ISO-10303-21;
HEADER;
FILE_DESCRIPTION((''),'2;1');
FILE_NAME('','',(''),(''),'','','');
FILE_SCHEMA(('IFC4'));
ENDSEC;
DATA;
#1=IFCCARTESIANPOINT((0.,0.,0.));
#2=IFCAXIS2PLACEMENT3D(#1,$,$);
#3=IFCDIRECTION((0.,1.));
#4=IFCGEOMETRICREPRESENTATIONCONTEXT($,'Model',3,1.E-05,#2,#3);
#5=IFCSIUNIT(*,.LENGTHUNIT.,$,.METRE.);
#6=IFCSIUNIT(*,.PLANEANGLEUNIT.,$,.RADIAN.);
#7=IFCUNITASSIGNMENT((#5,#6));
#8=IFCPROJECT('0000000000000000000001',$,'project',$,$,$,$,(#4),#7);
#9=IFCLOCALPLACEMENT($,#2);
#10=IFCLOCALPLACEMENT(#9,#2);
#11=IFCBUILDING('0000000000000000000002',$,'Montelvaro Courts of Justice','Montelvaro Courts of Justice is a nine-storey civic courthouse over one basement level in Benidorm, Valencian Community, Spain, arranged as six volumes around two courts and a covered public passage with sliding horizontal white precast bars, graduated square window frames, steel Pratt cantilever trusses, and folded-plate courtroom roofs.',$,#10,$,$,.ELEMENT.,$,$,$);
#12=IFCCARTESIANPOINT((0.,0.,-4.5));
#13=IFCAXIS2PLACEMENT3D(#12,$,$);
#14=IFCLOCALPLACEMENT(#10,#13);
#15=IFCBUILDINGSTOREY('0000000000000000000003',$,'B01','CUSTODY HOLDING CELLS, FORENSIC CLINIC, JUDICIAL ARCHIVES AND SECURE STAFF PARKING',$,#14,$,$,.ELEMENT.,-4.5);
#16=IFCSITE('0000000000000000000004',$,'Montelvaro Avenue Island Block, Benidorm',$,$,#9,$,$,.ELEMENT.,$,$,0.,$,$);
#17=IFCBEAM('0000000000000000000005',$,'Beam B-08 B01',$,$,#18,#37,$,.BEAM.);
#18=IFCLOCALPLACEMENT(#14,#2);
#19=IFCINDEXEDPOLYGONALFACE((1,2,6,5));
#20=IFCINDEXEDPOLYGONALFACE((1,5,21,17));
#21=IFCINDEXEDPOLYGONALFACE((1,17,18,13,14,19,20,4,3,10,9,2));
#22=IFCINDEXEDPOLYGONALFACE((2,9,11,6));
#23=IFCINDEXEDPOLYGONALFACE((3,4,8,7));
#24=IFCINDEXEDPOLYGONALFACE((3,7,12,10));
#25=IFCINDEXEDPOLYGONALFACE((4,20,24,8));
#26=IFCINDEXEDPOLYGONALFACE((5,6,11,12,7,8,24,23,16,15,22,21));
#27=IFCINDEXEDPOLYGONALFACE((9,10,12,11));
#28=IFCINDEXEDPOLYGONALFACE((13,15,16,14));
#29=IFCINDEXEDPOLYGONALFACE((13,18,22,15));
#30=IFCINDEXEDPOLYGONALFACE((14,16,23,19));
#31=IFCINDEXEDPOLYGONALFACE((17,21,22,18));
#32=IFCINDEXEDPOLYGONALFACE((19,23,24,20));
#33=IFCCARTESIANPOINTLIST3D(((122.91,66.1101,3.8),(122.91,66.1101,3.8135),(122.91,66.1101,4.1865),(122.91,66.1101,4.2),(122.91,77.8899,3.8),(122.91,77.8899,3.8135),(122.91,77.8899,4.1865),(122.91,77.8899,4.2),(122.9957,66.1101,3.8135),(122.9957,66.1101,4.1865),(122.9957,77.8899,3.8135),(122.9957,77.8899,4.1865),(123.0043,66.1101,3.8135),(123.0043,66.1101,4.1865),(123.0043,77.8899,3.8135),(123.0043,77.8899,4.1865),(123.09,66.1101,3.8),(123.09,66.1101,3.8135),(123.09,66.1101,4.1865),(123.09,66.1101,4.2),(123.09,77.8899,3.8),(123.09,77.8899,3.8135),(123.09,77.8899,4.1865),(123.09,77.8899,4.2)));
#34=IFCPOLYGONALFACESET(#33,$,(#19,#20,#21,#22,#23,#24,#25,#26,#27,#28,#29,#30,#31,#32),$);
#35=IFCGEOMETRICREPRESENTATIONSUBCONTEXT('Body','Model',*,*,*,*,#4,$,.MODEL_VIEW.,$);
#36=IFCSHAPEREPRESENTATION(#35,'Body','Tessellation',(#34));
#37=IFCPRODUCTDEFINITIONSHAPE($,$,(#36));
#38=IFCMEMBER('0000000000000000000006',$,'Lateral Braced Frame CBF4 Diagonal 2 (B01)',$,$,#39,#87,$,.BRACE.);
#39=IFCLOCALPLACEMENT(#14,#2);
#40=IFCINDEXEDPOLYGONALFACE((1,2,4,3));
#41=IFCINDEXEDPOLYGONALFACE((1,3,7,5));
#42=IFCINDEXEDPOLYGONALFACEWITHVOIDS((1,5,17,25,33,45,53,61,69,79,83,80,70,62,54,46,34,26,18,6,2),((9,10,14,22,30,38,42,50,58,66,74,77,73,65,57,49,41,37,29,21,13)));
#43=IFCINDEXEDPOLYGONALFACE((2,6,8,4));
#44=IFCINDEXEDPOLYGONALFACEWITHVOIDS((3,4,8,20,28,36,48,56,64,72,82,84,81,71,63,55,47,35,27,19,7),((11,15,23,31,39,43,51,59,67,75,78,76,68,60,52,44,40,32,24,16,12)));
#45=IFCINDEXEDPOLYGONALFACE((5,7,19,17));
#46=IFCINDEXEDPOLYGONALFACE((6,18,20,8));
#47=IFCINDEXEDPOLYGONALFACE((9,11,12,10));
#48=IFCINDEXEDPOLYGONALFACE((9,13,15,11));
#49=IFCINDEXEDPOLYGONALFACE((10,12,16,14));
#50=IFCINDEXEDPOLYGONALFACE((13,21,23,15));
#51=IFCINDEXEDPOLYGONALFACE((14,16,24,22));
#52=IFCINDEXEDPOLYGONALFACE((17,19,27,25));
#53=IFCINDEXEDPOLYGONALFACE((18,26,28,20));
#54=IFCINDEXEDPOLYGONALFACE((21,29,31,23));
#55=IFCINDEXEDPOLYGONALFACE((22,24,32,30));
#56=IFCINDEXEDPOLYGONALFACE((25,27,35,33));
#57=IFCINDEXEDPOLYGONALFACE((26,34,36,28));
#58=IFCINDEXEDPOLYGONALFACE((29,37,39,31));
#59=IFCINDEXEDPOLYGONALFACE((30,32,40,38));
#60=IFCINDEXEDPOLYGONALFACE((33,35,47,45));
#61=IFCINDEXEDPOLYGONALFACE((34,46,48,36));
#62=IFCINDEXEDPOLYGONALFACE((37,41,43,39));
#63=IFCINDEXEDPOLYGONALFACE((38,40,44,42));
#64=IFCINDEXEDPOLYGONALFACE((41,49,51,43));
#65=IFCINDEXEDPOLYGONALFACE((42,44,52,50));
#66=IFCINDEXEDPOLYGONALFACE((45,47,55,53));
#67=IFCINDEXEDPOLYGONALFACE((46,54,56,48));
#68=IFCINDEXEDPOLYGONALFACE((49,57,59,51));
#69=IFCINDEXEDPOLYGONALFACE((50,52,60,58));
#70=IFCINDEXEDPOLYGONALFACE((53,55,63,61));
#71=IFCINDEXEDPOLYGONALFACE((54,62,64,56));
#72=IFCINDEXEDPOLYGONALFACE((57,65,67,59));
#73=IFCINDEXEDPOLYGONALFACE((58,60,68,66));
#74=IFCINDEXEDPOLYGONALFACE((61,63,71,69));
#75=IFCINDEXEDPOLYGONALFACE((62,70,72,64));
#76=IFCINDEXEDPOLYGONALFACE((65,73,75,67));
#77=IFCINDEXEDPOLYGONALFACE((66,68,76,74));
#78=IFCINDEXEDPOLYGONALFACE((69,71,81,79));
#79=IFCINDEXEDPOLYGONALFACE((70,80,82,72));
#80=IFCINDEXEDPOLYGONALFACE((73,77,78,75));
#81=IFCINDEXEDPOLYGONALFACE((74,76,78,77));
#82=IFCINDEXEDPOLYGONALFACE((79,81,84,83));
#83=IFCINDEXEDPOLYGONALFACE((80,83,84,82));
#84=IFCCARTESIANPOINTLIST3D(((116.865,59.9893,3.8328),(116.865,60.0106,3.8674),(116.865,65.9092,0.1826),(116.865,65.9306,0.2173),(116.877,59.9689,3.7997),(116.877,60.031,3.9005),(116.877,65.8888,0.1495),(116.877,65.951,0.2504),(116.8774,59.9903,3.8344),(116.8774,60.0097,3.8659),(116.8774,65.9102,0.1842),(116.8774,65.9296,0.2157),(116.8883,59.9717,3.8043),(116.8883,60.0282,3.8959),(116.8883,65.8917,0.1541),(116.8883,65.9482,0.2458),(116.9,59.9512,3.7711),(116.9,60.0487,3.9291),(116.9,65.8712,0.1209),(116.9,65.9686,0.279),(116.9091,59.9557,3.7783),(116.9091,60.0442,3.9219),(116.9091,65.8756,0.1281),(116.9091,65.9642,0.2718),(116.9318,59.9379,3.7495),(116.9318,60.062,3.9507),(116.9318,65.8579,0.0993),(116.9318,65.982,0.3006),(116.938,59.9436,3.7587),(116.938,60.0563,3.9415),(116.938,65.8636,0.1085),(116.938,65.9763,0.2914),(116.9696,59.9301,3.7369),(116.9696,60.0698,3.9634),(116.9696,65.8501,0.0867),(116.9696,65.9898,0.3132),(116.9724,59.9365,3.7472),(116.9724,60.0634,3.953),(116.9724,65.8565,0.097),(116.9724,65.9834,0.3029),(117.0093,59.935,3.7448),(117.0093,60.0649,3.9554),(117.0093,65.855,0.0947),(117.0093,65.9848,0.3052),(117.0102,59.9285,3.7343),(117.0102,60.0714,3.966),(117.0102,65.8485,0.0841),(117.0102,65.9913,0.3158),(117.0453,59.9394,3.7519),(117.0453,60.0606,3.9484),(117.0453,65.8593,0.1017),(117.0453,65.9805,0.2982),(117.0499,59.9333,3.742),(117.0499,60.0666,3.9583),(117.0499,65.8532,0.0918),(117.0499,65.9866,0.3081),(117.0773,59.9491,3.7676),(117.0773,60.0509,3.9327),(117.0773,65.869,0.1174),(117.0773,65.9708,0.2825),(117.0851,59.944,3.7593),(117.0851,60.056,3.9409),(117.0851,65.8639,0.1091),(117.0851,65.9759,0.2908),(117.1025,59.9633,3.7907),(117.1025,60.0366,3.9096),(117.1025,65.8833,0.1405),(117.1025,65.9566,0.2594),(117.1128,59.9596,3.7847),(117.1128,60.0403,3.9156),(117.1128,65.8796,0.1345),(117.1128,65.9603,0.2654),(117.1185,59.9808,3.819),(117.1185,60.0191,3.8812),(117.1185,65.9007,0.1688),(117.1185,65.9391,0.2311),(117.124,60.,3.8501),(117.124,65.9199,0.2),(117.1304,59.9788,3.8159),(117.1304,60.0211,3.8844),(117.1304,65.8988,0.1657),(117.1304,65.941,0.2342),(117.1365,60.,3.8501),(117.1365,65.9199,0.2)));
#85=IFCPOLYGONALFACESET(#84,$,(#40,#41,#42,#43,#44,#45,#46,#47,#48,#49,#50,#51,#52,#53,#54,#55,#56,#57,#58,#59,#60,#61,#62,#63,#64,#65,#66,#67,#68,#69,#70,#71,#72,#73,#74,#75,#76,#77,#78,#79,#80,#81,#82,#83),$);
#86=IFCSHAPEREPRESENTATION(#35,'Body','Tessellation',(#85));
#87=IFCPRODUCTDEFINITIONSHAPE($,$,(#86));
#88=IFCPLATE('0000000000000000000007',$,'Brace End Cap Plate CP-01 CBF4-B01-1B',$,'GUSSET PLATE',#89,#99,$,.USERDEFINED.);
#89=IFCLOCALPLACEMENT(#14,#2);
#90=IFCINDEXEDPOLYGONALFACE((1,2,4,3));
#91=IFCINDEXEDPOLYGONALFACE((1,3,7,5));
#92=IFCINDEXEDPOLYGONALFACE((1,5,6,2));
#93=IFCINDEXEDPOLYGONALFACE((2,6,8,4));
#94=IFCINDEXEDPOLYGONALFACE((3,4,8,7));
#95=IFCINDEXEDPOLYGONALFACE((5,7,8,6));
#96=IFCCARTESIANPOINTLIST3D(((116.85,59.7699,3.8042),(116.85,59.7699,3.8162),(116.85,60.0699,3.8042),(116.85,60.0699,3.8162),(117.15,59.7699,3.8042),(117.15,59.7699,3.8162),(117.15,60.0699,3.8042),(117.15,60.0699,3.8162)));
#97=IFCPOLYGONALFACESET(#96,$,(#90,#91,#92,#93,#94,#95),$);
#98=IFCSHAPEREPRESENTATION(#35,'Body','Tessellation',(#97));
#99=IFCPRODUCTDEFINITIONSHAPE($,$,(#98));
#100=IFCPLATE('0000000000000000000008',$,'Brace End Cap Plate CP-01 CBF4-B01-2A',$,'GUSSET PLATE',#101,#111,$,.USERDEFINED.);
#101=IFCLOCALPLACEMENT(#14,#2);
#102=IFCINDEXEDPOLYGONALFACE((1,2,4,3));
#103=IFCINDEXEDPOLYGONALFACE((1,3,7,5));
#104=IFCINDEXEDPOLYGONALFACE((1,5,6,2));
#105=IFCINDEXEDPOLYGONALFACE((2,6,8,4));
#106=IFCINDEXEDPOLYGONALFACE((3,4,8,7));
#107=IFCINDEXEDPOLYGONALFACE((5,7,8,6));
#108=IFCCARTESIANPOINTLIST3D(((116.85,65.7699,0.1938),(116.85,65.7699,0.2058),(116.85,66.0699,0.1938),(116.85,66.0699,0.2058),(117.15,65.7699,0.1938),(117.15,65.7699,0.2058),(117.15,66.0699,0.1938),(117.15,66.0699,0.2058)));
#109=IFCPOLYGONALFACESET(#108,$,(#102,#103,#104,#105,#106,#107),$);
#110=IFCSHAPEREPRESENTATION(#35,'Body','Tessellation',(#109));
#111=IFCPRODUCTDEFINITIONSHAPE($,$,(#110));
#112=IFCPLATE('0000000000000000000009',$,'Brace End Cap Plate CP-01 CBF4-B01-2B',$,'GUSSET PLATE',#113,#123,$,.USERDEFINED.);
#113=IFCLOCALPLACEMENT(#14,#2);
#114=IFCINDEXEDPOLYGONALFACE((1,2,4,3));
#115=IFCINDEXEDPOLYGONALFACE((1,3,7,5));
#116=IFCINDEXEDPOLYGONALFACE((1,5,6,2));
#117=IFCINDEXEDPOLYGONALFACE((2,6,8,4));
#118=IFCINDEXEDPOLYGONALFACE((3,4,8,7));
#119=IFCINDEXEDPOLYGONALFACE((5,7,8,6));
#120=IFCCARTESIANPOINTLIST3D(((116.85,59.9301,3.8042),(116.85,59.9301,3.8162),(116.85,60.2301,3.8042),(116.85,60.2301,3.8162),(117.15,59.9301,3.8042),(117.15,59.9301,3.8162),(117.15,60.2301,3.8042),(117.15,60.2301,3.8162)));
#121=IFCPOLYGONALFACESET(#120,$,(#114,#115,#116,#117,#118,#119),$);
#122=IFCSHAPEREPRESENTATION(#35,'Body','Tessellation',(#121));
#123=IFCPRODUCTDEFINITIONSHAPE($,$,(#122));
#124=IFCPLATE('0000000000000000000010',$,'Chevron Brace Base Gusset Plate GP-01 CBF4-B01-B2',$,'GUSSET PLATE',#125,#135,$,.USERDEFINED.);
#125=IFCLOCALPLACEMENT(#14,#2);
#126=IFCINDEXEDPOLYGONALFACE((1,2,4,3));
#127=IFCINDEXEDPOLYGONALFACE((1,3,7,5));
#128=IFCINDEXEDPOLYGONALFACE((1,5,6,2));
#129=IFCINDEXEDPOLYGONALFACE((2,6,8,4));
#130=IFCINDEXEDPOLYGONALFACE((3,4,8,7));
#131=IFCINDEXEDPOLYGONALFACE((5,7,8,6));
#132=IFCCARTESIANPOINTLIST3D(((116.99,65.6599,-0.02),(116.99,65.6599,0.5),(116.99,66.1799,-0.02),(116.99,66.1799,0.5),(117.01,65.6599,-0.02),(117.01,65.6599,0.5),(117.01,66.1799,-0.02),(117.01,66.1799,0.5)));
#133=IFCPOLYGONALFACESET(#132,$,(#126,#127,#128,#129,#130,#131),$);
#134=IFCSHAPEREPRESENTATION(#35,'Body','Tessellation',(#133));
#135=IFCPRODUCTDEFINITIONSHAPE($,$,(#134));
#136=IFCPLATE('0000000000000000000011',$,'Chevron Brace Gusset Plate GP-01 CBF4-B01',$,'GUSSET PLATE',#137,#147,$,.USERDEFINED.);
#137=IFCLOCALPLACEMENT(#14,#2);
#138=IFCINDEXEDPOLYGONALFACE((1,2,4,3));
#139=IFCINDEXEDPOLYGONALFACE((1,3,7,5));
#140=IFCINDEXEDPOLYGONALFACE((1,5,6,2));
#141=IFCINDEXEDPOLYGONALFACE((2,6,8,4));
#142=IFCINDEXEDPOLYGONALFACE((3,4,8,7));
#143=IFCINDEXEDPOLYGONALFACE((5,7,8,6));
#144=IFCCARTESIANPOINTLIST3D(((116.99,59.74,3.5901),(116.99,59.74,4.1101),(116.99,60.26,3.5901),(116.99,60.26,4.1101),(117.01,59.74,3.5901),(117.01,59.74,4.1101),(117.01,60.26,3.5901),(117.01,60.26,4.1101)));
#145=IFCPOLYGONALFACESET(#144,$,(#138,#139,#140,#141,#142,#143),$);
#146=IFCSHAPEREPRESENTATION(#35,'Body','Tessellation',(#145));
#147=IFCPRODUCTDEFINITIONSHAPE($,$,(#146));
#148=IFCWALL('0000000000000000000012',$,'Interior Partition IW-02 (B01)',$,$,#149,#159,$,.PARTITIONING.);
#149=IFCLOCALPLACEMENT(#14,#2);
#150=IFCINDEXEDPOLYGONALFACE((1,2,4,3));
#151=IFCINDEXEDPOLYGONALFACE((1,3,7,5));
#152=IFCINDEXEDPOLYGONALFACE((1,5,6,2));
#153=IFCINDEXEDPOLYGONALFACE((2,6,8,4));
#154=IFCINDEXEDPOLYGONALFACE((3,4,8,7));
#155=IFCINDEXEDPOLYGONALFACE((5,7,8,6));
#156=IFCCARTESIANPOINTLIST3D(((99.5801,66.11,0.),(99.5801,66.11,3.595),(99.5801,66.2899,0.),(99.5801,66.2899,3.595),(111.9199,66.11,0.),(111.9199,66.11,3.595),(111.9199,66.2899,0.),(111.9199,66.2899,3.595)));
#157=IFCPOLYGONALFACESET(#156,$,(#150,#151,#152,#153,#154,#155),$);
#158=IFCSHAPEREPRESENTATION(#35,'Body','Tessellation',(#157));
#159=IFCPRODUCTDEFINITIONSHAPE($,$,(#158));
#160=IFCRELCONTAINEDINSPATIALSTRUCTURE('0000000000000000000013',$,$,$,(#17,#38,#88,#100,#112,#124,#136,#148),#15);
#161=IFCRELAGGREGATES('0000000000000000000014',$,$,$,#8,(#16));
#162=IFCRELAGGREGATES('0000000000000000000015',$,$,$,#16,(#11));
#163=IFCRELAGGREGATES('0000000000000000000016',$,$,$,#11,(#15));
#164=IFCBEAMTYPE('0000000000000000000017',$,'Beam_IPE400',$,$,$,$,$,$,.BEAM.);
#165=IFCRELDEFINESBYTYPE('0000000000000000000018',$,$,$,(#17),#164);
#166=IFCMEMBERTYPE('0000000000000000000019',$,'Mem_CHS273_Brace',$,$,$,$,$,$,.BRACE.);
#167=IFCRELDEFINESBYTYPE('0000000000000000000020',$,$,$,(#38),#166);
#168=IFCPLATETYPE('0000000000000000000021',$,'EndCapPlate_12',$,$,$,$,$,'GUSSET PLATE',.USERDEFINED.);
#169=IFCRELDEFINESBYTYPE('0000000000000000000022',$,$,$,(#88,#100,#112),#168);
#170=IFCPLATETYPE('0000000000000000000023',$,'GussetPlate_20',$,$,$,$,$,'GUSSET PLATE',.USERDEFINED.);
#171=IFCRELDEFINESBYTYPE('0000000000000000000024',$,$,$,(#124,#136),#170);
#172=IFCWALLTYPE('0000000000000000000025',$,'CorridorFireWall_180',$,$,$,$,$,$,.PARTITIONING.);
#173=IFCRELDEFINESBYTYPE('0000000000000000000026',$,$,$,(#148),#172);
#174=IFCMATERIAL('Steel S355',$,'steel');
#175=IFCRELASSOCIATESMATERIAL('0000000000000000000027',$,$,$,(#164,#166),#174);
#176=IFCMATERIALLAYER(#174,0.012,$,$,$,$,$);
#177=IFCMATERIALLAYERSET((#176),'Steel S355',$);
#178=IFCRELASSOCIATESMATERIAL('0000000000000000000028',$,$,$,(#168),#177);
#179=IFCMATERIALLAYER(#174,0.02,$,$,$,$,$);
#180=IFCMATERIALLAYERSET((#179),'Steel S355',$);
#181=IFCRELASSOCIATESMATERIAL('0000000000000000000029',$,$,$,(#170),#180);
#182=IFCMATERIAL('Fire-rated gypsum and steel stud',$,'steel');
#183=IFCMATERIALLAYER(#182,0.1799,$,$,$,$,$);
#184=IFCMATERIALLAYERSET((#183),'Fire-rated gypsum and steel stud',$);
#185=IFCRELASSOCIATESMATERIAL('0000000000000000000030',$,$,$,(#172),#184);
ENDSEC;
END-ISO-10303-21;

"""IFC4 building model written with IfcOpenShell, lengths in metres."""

from ifc_helpers import new_model, si_unit, direction, frame, frame_2d, origin, origin_2d, place, context, subcontext, project, spatial, rectangle, hollow_circle, i_section, extrude, material, layer, layer_set, material_profile, profile_set, type_object, element, save


model = new_model("IFC4")

# Units and contexts
model_context = context("Model", 3, precision=1e-05, world=origin(), true_north=direction((0.0, 1.0)))
body_context = subcontext(model_context, "Body", "Model", "MODEL_VIEW")
ifc_project = project(units=[si_unit("LENGTHUNIT", "METRE"), si_unit("PLANEANGLEUNIT", "RADIAN")], contexts=[model_context])

# Site, building, storey
site_placement = place(None, origin())
site = spatial("IfcSite", under=ifc_project, at=site_placement, Name="Montelvaro Avenue Island Block, Benidorm", CompositionType="ELEMENT", RefElevation=0.0)
building_placement = place(site_placement, origin())
building = spatial("IfcBuilding", under=site, at=building_placement, Name="Montelvaro Courts of Justice", Description="Montelvaro Courts of Justice is a nine-storey civic courthouse over one basement level in Benidorm, Valencian Community, Spain, arranged as six volumes around two courts and a covered public passage with sliding horizontal white precast bars, graduated square window frames, steel Pratt cantilever trusses, and folded-plate courtroom roofs.", CompositionType="ELEMENT")
storey_placement = place(building_placement, frame((0.0, 0.0, -4.5)))
storey = spatial("IfcBuildingStorey", under=building, at=storey_placement, Name="B01", Description="CUSTODY HOLDING CELLS, FORENSIC CLINIC, JUDICIAL ARCHIVES AND SECURE STAFF PARKING", CompositionType="ELEMENT", Elevation=-4.5)

# Beam
ifc_material_1 = material(Name="Steel S355", Category="steel")
ifc_material_profile_1 = material_profile(ifc_material_1, i_section(OverallWidth=0.1799, OverallDepth=0.3999, WebThickness=0.0085, FlangeThickness=0.0134, at=origin_2d()), Name="IPE 400")
ifc_profile_set_1 = profile_set([ifc_material_profile_1], Name="Steel S355")
beam_type_1 = type_object("IfcBeamType", Name="Beam_IPE400", PredefinedType="BEAM", material=ifc_profile_set_1)
beam_1_placement = place(storey_placement, frame((123.0, 66.1101, 4.0), z_axis=(0.0, 1.0, 0.0), x_axis=(-1.0, 0.0, 0.0)))
element("IfcBeam", 1, at=beam_1_placement, inside=storey, type_object=beam_type_1, Name="Beam B-08 B01", PredefinedType="BEAM", context=body_context, shape_type="SweptSolid", body=[
    extrude(i_section(OverallWidth=0.1799, OverallDepth=0.3999, WebThickness=0.0085, FlangeThickness=0.0134, at=origin_2d()), origin(), (0.0, 0.0, 1.0), 11.7798),
])

# Member
ifc_material_profile_2 = material_profile(ifc_material_1, hollow_circle(Radius=0.1365, WallThickness=0.0125, at=origin_2d()), Name="CHS 273x12.5")
ifc_profile_set_2 = profile_set([ifc_material_profile_2], Name="Steel S355")
member_type = type_object("IfcMemberType", Name="Mem_CHS273_Brace", PredefinedType="BRACE", material=ifc_profile_set_2)
member_placement = place(storey_placement, frame((117.0, 65.9199, 0.2), z_axis=(0.0, -0.851201, 0.52484), x_axis=(1.0, 0.0, 0.0)))
element("IfcMember", 2, at=member_placement, inside=storey, type_object=member_type, Name="Lateral Braced Frame CBF4 Diagonal 2 (B01)", PredefinedType="BRACE", context=body_context, shape_type="SweptSolid", body=[
    extrude(hollow_circle(Radius=0.1365, WallThickness=0.0125, at=origin_2d()), origin(), (0.0, 0.0, 1.0), 6.9548),
])

# Plates
ifc_layer_1 = layer(ifc_material_1, 0.012)
ifc_layer_set_1 = layer_set([ifc_layer_1], Name="Steel S355")
plate_type_1 = type_object("IfcPlateType", Name="EndCapPlate_12", ElementType="GUSSET PLATE", PredefinedType="USERDEFINED", material=ifc_layer_set_1)
for number, where, z_axis, x_axis, name in (
    (3, (117.0, 59.9199, 3.8042), (0.0, 0.0, 1.0), (1.0, 0.0, 0.0), "Brace End Cap Plate CP-01 CBF4-B01-1B"),
    (4, (117.0, 65.9199, 0.1938), (0.0, 0.0, 1.0), (1.0, 0.0, 0.0), "Brace End Cap Plate CP-01 CBF4-B01-2A"),
    (5, (117.0, 60.0801, 3.8042), (0.0, 0.0, 1.0), (1.0, 0.0, 0.0), "Brace End Cap Plate CP-01 CBF4-B01-2B"),
):
    element("IfcPlate", number, at=place(storey_placement, frame(where, z_axis=z_axis, x_axis=x_axis)), inside=storey, type_object=plate_type_1, Name=name, ObjectType="GUSSET PLATE", PredefinedType="USERDEFINED", context=body_context, shape_type="SweptSolid", body=[
        extrude(rectangle(XDim=0.3, YDim=0.3, at=origin_2d()), origin(), (0.0, 0.0, 1.0), 0.012),
    ])
ifc_layer_2 = layer(ifc_material_1, 0.02)
ifc_layer_set_2 = layer_set([ifc_layer_2], Name="Steel S355")
plate_type_2 = type_object("IfcPlateType", Name="GussetPlate_20", ElementType="GUSSET PLATE", PredefinedType="USERDEFINED", material=ifc_layer_set_2)
for number, where, z_axis, x_axis, name in (
    (6, (117.0, 65.9199, -0.02), (0.0, 0.0, 1.0), (1.0, 0.0, 0.0), "Chevron Brace Base Gusset Plate GP-01 CBF4-B01-B2"),
    (7, (117.0, 60.0, 3.5901), (0.0, 0.0, 1.0), (1.0, 0.0, 0.0), "Chevron Brace Gusset Plate GP-01 CBF4-B01"),
):
    element("IfcPlate", number, at=place(storey_placement, frame(where, z_axis=z_axis, x_axis=x_axis)), inside=storey, type_object=plate_type_2, Name=name, ObjectType="GUSSET PLATE", PredefinedType="USERDEFINED", context=body_context, shape_type="SweptSolid", body=[
        extrude(rectangle(XDim=0.02, YDim=0.52, at=origin_2d()), origin(), (0.0, 0.0, 1.0), 0.52),
    ])

# Wall
ifc_material_2 = material(Name="Fire-rated gypsum and steel stud", Category="steel")
ifc_layer_3 = layer(ifc_material_2, 0.1799)
ifc_layer_set_3 = layer_set([ifc_layer_3], Name="Fire-rated gypsum and steel stud")
wall_type_1 = type_object("IfcWallType", Name="CorridorFireWall_180", PredefinedType="PARTITIONING", material=ifc_layer_set_3)
wall_1_placement = place(storey_placement, frame((111.9199, 66.2, 0.0), z_axis=(0.0, 0.0, 1.0), x_axis=(-1.0, 0.0, 0.0)))
element("IfcWall", 8, at=wall_1_placement, inside=storey, type_object=wall_type_1, Name="Interior Partition IW-02 (B01)", PredefinedType="PARTITIONING", context=body_context, shape_type="SweptSolid", body=[
    extrude(rectangle(XDim=12.3398, YDim=0.1799, at=frame_2d((6.1699, 0.0))), origin(), (0.0, 0.0, 1.0), 3.595),
])

save(model, "model.ifc")
